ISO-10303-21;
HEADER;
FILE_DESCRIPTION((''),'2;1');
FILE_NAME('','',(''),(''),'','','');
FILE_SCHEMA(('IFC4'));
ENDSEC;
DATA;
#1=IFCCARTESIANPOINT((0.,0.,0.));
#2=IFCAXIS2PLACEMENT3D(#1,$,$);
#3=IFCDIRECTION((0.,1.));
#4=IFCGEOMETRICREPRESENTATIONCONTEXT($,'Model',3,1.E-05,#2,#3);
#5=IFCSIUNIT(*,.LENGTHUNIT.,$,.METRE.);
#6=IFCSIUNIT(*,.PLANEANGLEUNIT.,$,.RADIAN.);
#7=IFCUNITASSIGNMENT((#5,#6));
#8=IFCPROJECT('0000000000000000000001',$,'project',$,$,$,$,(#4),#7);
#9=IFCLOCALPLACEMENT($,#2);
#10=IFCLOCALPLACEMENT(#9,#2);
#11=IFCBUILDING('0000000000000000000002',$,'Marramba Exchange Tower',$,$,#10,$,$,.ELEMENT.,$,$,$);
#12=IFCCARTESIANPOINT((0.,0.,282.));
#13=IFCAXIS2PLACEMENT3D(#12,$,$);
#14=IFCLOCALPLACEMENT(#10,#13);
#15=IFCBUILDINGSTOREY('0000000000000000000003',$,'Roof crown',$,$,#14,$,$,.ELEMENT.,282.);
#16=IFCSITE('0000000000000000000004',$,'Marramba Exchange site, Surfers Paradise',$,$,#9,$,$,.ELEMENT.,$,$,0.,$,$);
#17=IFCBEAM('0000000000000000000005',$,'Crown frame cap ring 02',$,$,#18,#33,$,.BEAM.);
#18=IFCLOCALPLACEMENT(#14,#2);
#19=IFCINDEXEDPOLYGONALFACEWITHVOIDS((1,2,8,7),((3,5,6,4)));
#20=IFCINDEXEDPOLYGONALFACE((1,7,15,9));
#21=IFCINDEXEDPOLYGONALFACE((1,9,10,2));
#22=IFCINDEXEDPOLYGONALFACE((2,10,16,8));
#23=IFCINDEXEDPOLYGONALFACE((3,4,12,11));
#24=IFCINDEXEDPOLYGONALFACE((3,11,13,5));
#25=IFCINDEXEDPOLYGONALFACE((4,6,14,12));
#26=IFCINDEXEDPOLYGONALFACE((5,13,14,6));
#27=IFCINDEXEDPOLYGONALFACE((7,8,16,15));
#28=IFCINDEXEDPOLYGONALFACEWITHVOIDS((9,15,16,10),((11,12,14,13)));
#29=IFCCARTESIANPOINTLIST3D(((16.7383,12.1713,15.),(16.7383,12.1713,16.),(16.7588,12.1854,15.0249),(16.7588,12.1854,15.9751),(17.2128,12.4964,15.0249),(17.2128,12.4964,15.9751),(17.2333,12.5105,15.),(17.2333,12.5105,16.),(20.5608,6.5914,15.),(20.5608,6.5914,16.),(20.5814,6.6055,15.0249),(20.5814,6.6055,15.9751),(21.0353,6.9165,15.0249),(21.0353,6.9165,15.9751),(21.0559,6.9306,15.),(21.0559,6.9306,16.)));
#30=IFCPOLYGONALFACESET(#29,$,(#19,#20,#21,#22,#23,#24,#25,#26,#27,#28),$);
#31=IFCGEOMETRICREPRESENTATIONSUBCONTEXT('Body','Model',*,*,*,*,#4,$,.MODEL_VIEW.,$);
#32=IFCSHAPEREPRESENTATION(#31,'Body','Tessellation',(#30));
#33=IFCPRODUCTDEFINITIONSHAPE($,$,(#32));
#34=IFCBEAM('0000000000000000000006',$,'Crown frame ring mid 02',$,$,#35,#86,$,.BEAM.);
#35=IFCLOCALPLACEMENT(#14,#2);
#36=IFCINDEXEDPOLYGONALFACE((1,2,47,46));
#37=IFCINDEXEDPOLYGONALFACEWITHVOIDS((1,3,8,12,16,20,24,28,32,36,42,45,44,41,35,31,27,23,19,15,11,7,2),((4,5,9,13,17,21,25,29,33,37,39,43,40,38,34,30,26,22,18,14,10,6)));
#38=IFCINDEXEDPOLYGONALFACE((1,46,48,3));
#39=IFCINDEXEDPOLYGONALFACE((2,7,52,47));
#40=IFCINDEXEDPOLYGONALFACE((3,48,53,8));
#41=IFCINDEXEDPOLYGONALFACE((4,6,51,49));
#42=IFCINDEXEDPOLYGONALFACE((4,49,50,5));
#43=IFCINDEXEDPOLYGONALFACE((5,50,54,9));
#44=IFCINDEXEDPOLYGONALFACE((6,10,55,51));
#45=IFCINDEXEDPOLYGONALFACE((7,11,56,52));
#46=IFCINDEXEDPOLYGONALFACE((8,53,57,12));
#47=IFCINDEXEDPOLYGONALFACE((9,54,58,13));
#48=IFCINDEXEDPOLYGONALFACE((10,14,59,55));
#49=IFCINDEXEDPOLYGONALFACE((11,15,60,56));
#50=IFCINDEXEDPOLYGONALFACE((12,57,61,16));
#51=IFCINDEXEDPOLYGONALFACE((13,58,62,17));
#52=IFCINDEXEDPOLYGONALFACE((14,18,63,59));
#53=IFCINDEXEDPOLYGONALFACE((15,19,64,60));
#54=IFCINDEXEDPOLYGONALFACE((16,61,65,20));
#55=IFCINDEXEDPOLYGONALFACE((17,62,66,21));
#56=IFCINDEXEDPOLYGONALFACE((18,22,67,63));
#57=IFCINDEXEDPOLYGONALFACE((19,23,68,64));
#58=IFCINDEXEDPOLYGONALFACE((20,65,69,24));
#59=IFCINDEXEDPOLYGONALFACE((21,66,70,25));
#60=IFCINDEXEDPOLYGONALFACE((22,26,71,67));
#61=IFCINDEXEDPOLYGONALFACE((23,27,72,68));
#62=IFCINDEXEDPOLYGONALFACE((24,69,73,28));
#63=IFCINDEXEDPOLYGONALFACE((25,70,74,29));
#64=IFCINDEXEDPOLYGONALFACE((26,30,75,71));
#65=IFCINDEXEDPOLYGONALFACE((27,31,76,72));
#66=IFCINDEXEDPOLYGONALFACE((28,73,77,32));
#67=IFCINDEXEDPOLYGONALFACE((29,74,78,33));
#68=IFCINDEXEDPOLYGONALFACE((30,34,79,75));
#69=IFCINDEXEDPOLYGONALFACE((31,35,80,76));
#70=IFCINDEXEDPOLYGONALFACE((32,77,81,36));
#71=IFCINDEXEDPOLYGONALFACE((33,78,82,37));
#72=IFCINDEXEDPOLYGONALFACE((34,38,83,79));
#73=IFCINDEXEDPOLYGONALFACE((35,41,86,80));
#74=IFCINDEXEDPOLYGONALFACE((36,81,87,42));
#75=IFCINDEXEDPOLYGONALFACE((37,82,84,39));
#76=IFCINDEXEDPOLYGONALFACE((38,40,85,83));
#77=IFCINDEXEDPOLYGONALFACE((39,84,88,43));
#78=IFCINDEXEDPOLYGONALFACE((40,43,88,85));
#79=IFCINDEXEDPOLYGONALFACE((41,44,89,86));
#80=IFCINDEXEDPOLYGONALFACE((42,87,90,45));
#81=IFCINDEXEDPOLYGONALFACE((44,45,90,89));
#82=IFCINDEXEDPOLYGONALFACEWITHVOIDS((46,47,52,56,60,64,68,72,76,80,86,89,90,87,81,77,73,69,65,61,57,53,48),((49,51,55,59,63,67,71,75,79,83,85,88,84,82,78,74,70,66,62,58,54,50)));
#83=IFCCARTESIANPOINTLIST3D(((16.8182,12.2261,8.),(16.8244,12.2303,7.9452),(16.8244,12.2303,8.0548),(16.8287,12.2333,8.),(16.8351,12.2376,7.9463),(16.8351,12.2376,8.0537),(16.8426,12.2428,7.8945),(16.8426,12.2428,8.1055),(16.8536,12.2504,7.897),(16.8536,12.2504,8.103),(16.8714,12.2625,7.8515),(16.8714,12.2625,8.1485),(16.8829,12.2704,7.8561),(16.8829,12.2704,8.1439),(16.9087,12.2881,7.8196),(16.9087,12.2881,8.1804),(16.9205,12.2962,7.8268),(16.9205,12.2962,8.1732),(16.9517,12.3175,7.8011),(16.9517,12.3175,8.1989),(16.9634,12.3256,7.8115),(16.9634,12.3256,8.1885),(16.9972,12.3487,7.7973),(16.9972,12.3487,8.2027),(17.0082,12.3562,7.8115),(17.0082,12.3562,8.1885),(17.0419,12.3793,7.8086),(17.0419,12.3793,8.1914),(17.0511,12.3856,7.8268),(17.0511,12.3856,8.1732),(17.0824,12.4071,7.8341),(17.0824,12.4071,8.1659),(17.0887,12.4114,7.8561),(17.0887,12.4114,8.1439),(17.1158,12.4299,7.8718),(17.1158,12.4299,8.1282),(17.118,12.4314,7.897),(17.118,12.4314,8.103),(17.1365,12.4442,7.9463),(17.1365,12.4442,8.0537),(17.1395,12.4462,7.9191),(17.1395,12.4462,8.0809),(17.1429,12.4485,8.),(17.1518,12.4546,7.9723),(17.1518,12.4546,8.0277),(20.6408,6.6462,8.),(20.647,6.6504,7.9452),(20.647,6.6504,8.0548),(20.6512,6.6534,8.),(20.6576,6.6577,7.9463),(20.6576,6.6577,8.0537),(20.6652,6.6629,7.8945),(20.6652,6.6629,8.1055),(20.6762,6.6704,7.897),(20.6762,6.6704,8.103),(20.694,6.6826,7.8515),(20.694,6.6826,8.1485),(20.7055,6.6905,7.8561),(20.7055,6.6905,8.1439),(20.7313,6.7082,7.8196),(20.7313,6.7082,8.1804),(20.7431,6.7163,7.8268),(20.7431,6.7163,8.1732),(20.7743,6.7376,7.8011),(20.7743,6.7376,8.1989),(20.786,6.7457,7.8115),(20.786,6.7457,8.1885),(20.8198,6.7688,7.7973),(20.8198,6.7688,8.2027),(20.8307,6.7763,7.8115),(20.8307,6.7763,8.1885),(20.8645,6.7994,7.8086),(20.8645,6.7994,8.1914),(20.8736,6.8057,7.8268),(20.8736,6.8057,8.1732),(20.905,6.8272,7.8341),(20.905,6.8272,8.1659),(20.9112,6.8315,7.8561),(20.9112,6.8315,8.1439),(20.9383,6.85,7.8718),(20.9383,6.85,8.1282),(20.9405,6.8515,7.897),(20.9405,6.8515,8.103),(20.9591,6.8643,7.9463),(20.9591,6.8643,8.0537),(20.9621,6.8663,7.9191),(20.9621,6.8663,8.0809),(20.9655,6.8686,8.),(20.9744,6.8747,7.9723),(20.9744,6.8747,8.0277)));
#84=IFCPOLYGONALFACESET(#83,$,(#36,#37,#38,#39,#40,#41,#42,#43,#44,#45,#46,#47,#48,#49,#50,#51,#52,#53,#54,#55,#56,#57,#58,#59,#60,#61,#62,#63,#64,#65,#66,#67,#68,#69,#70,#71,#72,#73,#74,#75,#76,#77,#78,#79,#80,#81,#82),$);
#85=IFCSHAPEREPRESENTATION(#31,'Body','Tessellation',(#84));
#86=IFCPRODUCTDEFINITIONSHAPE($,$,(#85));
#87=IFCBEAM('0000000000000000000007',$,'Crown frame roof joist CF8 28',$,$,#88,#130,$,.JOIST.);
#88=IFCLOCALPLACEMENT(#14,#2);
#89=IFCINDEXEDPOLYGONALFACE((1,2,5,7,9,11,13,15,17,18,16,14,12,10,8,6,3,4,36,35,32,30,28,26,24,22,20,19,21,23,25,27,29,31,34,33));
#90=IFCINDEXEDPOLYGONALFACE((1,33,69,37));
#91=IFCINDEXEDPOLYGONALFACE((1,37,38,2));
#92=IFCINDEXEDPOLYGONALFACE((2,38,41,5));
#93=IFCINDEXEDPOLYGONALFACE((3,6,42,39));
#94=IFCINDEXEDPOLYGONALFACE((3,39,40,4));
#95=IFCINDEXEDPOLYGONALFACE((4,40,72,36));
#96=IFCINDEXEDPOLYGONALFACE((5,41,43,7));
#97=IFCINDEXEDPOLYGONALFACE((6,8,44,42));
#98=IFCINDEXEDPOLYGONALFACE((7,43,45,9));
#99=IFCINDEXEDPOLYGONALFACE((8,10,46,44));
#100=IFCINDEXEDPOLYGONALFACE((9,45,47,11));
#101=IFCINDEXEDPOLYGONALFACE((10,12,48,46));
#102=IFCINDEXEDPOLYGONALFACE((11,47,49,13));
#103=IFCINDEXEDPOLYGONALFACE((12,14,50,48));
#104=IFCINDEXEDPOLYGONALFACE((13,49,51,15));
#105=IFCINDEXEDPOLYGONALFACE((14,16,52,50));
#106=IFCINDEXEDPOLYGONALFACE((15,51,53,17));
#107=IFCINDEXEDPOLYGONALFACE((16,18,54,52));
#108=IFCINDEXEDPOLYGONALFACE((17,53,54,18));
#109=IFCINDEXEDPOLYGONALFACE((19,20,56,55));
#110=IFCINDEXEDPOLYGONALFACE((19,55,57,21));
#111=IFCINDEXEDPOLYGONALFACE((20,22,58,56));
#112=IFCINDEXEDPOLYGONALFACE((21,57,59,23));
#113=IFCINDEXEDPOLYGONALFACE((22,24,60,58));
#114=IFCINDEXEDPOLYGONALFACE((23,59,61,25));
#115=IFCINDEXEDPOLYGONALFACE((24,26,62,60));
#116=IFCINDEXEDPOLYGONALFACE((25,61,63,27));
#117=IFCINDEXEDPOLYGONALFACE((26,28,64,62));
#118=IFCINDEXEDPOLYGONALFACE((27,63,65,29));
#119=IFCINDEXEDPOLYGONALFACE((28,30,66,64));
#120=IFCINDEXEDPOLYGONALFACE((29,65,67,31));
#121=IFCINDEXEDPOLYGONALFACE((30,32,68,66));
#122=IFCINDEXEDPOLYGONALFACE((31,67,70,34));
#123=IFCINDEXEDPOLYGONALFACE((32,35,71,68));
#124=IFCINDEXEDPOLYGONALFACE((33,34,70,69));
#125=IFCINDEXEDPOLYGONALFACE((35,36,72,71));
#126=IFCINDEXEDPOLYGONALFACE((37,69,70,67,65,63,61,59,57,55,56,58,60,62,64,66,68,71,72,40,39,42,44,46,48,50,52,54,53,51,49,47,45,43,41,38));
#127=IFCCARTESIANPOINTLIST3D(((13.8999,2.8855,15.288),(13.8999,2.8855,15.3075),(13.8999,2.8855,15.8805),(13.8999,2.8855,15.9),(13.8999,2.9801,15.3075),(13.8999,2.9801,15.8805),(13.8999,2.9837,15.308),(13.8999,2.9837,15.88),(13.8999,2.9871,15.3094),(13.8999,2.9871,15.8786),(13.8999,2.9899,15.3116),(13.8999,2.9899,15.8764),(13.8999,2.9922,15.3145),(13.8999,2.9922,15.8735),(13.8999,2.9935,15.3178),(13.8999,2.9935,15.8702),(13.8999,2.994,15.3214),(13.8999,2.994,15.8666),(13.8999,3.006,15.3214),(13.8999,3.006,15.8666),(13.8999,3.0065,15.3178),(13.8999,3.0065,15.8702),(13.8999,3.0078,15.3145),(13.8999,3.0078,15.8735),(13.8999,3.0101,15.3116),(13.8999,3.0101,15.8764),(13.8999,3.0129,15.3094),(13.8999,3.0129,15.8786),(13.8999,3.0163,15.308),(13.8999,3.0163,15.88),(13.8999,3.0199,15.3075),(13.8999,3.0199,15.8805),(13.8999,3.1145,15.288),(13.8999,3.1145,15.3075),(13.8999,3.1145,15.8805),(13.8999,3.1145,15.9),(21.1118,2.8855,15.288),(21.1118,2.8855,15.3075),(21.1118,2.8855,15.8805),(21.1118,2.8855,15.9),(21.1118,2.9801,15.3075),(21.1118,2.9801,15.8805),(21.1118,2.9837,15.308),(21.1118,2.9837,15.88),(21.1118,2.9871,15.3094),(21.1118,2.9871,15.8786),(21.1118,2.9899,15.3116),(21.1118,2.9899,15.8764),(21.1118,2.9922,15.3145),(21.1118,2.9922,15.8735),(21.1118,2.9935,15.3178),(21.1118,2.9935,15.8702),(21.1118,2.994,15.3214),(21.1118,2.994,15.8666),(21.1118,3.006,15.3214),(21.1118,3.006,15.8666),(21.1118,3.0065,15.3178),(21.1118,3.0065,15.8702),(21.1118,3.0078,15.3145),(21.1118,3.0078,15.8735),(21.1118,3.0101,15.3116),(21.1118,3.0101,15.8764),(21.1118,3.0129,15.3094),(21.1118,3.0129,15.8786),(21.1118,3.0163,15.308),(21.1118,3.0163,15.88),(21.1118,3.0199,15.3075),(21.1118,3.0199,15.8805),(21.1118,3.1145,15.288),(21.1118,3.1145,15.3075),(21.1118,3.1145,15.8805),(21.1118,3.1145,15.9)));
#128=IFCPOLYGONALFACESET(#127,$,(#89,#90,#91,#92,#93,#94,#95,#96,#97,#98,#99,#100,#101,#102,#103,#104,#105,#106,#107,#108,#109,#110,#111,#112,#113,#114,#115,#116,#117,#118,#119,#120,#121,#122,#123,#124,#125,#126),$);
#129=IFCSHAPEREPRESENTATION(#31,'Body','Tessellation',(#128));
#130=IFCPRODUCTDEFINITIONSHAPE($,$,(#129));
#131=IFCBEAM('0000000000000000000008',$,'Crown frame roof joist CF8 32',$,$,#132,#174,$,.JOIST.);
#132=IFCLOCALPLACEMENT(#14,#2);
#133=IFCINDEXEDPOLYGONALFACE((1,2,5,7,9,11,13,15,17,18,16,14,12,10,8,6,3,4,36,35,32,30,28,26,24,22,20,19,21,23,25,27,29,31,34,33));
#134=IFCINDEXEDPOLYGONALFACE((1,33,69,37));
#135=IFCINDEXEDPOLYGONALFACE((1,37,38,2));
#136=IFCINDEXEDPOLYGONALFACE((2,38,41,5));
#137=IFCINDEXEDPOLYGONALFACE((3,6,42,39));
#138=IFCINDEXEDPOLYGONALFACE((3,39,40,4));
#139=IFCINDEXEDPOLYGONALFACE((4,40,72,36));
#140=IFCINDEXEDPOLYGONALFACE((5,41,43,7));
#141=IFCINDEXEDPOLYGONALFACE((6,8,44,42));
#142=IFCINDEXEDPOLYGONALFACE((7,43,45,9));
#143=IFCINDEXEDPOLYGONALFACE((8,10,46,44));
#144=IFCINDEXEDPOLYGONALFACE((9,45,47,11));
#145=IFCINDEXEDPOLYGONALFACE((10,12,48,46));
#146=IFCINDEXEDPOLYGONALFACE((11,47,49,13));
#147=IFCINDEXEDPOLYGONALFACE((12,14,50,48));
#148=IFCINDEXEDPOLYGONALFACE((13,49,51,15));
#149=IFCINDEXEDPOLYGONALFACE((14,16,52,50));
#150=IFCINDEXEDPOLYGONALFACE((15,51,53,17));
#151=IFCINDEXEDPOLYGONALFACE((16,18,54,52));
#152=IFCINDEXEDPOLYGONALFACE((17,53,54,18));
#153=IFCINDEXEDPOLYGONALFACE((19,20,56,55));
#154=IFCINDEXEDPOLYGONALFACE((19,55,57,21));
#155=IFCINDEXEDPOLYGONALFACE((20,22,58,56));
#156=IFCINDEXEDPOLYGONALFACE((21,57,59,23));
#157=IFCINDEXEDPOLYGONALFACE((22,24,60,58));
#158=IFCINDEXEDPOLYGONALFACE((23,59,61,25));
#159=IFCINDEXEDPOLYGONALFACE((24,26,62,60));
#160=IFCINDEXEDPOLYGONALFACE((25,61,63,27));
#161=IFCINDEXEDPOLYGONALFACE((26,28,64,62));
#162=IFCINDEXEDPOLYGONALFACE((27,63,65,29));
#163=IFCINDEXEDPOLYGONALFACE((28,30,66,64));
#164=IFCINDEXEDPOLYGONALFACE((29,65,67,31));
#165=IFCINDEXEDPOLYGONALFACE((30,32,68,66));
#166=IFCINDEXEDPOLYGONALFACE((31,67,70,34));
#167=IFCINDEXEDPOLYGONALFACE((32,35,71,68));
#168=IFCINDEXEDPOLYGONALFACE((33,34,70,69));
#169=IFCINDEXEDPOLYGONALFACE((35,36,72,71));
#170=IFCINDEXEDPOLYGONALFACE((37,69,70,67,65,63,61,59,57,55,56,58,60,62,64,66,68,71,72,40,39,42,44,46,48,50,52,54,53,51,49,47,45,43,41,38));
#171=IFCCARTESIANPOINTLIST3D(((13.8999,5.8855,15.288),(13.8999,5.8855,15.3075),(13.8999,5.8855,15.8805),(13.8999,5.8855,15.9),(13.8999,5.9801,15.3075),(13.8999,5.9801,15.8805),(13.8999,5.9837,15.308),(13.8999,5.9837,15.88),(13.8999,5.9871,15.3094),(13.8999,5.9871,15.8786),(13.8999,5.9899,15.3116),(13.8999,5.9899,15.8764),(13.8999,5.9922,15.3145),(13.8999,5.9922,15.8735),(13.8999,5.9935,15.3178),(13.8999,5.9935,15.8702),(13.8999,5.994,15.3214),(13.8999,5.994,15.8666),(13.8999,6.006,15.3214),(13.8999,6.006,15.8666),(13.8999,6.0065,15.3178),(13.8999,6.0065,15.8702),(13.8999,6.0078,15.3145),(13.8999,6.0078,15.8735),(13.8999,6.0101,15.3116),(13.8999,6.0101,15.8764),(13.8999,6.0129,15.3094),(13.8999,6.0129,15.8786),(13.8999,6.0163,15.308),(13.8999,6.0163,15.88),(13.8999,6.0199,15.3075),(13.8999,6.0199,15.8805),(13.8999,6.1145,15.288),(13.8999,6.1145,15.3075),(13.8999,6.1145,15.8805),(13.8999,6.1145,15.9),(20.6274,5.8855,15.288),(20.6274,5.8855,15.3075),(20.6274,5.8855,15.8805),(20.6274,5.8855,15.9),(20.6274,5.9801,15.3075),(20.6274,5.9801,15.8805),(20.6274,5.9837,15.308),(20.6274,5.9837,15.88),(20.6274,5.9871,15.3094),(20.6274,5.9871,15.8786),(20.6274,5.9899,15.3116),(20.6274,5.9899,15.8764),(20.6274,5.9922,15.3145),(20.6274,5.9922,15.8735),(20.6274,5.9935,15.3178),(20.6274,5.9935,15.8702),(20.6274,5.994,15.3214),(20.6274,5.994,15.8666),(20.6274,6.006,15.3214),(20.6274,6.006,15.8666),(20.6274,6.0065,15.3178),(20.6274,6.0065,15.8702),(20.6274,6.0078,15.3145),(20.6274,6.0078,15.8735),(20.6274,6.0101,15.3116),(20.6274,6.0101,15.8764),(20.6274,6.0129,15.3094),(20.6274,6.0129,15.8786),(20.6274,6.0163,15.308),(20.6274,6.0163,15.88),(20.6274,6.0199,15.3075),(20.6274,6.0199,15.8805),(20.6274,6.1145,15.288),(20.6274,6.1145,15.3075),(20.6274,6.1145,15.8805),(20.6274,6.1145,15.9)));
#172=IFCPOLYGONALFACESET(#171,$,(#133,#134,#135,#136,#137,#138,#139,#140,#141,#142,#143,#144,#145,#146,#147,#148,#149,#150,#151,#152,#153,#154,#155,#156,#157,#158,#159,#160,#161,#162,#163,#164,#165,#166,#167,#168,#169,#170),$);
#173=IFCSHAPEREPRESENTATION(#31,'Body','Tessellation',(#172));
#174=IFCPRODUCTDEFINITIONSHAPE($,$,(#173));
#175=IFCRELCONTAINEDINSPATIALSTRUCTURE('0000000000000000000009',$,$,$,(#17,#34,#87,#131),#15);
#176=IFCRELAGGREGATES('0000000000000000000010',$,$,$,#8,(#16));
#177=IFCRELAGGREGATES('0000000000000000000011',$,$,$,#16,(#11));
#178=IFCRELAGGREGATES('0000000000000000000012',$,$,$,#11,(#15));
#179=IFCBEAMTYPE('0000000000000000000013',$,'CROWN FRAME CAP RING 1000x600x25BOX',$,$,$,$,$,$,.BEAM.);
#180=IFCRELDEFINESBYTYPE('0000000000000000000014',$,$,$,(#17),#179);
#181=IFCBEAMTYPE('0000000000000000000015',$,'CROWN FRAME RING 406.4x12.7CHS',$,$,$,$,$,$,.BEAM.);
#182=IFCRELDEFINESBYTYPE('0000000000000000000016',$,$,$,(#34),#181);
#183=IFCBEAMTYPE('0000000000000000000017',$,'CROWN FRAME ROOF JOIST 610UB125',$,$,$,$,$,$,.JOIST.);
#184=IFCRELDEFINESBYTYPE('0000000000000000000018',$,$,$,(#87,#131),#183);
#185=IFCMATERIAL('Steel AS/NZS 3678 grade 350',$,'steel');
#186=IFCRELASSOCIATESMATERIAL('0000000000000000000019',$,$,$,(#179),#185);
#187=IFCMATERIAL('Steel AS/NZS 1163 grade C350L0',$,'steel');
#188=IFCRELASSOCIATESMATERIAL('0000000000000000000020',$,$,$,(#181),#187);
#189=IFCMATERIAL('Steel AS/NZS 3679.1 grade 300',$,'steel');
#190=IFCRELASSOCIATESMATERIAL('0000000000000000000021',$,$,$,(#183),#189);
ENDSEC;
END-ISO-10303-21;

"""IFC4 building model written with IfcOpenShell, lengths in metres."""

from ifc_helpers import new_model, si_unit, direction, frame, origin, origin_2d, place, context, subcontext, project, spatial, hollow_rectangle, hollow_circle, i_section, extrude, material, material_profile, profile_set, type_object, element, save


model = new_model("IFC4")

# Units and contexts
model_context = context("Model", 3, precision=1e-05, world=origin(), true_north=direction((0.0, 1.0)))
body_context = subcontext(model_context, "Body", "Model", "MODEL_VIEW")
ifc_project = project(units=[si_unit("LENGTHUNIT", "METRE"), si_unit("PLANEANGLEUNIT", "RADIAN")], contexts=[model_context])

# Site, building, storey
site_placement = place(None, origin())
site = spatial("IfcSite", under=ifc_project, at=site_placement, Name="Marramba Exchange site, Surfers Paradise", CompositionType="ELEMENT", RefElevation=0.0)
building_placement = place(site_placement, origin())
building = spatial("IfcBuilding", under=site, at=building_placement, Name="Marramba Exchange Tower", CompositionType="ELEMENT")
storey_placement = place(building_placement, frame((0.0, 0.0, 282.0)))
storey = spatial("IfcBuildingStorey", under=building, at=storey_placement, Name="Roof crown", CompositionType="ELEMENT", Elevation=282.0)

# Beams
ifc_material_1 = material(Name="Steel AS/NZS 3678 grade 350", Category="steel")
ifc_material_profile_1 = material_profile(ifc_material_1, hollow_rectangle(XDim=0.6001, YDim=1.0, WallThickness=0.0249, at=origin_2d()), Name="1000x600x25BOX")
ifc_profile_set_1 = profile_set([ifc_material_profile_1], Name="Steel AS/NZS 3678 grade 350")
beam_type_1 = type_object("IfcBeamType", Name="CROWN FRAME CAP RING 1000x600x25BOX", PredefinedType="BEAM", material=ifc_profile_set_1)
beam_1_placement = place(storey_placement, frame((20.8083, 6.761, 15.5), z_axis=(-0.56516, 0.824981, 0.0), x_axis=(-0.824981, -0.56516, 0.0)))
element("IfcBeam", 1, at=beam_1_placement, inside=storey, type_object=beam_type_1, Name="Crown frame cap ring 02", PredefinedType="BEAM", context=body_context, shape_type="SweptSolid", body=[
    extrude(hollow_rectangle(XDim=0.6001, YDim=1.0, WallThickness=0.0249, at=origin_2d()), origin(), (0.0, 0.0, 1.0), 6.7637),
])
ifc_material_2 = material(Name="Steel AS/NZS 1163 grade C350L0", Category="steel")
ifc_material_profile_2 = material_profile(ifc_material_2, hollow_circle(Radius=0.2031, WallThickness=0.0127, at=origin_2d()), Name="406.4x12.7CHS")
ifc_profile_set_2 = profile_set([ifc_material_profile_2], Name="Steel AS/NZS 1163 grade C350L0")
beam_type_2 = type_object("IfcBeamType", Name="CROWN FRAME RING 406.4x12.7CHS", PredefinedType="BEAM", material=ifc_profile_set_2)
beam_2_placement = place(storey_placement, frame((20.8083, 6.761, 8.0), z_axis=(-0.56516, 0.824981, 0.0), x_axis=(-0.824981, -0.56516, 0.0)))
element("IfcBeam", 2, at=beam_2_placement, inside=storey, type_object=beam_type_2, Name="Crown frame ring mid 02", PredefinedType="BEAM", context=body_context, shape_type="SweptSolid", body=[
    extrude(hollow_circle(Radius=0.2031, WallThickness=0.0127, at=origin_2d()), origin(), (0.0, 0.0, 1.0), 6.7637),
])
ifc_material_3 = material(Name="Steel AS/NZS 3679.1 grade 300", Category="steel")
ifc_material_profile_3 = material_profile(ifc_material_3, i_section(OverallWidth=0.229, OverallDepth=0.6121, WebThickness=0.012, FlangeThickness=0.0195, FilletRadius=0.0139, at=origin_2d()), Name="610UB125")
ifc_profile_set_3 = profile_set([ifc_material_profile_3], Name="Steel AS/NZS 3679.1 grade 300")
beam_type_3 = type_object("IfcBeamType", Name="CROWN FRAME ROOF JOIST 610UB125", PredefinedType="JOIST", material=ifc_profile_set_3)
beam_3_placement = place(storey_placement, frame((13.8999, 3.0, 15.594), z_axis=(1.0, 0.0, 0.0), x_axis=(0.0, 1.0, 0.0)))
element("IfcBeam", 3, at=beam_3_placement, inside=storey, type_object=beam_type_3, Name="Crown frame roof joist CF8 28", PredefinedType="JOIST", context=body_context, shape_type="SweptSolid", body=[
    extrude(i_section(OverallWidth=0.229, OverallDepth=0.6121, WebThickness=0.012, FlangeThickness=0.0195, FilletRadius=0.0139, at=origin_2d()), origin(), (0.0, 0.0, 1.0), 7.2119),
])
beam_4_placement = place(storey_placement, frame((13.8999, 6.0, 15.594), z_axis=(1.0, 0.0, 0.0), x_axis=(0.0, 1.0, 0.0)))
element("IfcBeam", 4, at=beam_4_placement, inside=storey, type_object=beam_type_3, Name="Crown frame roof joist CF8 32", PredefinedType="JOIST", context=body_context, shape_type="SweptSolid", body=[
    extrude(i_section(OverallWidth=0.229, OverallDepth=0.6121, WebThickness=0.012, FlangeThickness=0.0195, FilletRadius=0.0139, at=origin_2d()), origin(), (0.0, 0.0, 1.0), 6.7275),
])

save(model, "model.ifc")
